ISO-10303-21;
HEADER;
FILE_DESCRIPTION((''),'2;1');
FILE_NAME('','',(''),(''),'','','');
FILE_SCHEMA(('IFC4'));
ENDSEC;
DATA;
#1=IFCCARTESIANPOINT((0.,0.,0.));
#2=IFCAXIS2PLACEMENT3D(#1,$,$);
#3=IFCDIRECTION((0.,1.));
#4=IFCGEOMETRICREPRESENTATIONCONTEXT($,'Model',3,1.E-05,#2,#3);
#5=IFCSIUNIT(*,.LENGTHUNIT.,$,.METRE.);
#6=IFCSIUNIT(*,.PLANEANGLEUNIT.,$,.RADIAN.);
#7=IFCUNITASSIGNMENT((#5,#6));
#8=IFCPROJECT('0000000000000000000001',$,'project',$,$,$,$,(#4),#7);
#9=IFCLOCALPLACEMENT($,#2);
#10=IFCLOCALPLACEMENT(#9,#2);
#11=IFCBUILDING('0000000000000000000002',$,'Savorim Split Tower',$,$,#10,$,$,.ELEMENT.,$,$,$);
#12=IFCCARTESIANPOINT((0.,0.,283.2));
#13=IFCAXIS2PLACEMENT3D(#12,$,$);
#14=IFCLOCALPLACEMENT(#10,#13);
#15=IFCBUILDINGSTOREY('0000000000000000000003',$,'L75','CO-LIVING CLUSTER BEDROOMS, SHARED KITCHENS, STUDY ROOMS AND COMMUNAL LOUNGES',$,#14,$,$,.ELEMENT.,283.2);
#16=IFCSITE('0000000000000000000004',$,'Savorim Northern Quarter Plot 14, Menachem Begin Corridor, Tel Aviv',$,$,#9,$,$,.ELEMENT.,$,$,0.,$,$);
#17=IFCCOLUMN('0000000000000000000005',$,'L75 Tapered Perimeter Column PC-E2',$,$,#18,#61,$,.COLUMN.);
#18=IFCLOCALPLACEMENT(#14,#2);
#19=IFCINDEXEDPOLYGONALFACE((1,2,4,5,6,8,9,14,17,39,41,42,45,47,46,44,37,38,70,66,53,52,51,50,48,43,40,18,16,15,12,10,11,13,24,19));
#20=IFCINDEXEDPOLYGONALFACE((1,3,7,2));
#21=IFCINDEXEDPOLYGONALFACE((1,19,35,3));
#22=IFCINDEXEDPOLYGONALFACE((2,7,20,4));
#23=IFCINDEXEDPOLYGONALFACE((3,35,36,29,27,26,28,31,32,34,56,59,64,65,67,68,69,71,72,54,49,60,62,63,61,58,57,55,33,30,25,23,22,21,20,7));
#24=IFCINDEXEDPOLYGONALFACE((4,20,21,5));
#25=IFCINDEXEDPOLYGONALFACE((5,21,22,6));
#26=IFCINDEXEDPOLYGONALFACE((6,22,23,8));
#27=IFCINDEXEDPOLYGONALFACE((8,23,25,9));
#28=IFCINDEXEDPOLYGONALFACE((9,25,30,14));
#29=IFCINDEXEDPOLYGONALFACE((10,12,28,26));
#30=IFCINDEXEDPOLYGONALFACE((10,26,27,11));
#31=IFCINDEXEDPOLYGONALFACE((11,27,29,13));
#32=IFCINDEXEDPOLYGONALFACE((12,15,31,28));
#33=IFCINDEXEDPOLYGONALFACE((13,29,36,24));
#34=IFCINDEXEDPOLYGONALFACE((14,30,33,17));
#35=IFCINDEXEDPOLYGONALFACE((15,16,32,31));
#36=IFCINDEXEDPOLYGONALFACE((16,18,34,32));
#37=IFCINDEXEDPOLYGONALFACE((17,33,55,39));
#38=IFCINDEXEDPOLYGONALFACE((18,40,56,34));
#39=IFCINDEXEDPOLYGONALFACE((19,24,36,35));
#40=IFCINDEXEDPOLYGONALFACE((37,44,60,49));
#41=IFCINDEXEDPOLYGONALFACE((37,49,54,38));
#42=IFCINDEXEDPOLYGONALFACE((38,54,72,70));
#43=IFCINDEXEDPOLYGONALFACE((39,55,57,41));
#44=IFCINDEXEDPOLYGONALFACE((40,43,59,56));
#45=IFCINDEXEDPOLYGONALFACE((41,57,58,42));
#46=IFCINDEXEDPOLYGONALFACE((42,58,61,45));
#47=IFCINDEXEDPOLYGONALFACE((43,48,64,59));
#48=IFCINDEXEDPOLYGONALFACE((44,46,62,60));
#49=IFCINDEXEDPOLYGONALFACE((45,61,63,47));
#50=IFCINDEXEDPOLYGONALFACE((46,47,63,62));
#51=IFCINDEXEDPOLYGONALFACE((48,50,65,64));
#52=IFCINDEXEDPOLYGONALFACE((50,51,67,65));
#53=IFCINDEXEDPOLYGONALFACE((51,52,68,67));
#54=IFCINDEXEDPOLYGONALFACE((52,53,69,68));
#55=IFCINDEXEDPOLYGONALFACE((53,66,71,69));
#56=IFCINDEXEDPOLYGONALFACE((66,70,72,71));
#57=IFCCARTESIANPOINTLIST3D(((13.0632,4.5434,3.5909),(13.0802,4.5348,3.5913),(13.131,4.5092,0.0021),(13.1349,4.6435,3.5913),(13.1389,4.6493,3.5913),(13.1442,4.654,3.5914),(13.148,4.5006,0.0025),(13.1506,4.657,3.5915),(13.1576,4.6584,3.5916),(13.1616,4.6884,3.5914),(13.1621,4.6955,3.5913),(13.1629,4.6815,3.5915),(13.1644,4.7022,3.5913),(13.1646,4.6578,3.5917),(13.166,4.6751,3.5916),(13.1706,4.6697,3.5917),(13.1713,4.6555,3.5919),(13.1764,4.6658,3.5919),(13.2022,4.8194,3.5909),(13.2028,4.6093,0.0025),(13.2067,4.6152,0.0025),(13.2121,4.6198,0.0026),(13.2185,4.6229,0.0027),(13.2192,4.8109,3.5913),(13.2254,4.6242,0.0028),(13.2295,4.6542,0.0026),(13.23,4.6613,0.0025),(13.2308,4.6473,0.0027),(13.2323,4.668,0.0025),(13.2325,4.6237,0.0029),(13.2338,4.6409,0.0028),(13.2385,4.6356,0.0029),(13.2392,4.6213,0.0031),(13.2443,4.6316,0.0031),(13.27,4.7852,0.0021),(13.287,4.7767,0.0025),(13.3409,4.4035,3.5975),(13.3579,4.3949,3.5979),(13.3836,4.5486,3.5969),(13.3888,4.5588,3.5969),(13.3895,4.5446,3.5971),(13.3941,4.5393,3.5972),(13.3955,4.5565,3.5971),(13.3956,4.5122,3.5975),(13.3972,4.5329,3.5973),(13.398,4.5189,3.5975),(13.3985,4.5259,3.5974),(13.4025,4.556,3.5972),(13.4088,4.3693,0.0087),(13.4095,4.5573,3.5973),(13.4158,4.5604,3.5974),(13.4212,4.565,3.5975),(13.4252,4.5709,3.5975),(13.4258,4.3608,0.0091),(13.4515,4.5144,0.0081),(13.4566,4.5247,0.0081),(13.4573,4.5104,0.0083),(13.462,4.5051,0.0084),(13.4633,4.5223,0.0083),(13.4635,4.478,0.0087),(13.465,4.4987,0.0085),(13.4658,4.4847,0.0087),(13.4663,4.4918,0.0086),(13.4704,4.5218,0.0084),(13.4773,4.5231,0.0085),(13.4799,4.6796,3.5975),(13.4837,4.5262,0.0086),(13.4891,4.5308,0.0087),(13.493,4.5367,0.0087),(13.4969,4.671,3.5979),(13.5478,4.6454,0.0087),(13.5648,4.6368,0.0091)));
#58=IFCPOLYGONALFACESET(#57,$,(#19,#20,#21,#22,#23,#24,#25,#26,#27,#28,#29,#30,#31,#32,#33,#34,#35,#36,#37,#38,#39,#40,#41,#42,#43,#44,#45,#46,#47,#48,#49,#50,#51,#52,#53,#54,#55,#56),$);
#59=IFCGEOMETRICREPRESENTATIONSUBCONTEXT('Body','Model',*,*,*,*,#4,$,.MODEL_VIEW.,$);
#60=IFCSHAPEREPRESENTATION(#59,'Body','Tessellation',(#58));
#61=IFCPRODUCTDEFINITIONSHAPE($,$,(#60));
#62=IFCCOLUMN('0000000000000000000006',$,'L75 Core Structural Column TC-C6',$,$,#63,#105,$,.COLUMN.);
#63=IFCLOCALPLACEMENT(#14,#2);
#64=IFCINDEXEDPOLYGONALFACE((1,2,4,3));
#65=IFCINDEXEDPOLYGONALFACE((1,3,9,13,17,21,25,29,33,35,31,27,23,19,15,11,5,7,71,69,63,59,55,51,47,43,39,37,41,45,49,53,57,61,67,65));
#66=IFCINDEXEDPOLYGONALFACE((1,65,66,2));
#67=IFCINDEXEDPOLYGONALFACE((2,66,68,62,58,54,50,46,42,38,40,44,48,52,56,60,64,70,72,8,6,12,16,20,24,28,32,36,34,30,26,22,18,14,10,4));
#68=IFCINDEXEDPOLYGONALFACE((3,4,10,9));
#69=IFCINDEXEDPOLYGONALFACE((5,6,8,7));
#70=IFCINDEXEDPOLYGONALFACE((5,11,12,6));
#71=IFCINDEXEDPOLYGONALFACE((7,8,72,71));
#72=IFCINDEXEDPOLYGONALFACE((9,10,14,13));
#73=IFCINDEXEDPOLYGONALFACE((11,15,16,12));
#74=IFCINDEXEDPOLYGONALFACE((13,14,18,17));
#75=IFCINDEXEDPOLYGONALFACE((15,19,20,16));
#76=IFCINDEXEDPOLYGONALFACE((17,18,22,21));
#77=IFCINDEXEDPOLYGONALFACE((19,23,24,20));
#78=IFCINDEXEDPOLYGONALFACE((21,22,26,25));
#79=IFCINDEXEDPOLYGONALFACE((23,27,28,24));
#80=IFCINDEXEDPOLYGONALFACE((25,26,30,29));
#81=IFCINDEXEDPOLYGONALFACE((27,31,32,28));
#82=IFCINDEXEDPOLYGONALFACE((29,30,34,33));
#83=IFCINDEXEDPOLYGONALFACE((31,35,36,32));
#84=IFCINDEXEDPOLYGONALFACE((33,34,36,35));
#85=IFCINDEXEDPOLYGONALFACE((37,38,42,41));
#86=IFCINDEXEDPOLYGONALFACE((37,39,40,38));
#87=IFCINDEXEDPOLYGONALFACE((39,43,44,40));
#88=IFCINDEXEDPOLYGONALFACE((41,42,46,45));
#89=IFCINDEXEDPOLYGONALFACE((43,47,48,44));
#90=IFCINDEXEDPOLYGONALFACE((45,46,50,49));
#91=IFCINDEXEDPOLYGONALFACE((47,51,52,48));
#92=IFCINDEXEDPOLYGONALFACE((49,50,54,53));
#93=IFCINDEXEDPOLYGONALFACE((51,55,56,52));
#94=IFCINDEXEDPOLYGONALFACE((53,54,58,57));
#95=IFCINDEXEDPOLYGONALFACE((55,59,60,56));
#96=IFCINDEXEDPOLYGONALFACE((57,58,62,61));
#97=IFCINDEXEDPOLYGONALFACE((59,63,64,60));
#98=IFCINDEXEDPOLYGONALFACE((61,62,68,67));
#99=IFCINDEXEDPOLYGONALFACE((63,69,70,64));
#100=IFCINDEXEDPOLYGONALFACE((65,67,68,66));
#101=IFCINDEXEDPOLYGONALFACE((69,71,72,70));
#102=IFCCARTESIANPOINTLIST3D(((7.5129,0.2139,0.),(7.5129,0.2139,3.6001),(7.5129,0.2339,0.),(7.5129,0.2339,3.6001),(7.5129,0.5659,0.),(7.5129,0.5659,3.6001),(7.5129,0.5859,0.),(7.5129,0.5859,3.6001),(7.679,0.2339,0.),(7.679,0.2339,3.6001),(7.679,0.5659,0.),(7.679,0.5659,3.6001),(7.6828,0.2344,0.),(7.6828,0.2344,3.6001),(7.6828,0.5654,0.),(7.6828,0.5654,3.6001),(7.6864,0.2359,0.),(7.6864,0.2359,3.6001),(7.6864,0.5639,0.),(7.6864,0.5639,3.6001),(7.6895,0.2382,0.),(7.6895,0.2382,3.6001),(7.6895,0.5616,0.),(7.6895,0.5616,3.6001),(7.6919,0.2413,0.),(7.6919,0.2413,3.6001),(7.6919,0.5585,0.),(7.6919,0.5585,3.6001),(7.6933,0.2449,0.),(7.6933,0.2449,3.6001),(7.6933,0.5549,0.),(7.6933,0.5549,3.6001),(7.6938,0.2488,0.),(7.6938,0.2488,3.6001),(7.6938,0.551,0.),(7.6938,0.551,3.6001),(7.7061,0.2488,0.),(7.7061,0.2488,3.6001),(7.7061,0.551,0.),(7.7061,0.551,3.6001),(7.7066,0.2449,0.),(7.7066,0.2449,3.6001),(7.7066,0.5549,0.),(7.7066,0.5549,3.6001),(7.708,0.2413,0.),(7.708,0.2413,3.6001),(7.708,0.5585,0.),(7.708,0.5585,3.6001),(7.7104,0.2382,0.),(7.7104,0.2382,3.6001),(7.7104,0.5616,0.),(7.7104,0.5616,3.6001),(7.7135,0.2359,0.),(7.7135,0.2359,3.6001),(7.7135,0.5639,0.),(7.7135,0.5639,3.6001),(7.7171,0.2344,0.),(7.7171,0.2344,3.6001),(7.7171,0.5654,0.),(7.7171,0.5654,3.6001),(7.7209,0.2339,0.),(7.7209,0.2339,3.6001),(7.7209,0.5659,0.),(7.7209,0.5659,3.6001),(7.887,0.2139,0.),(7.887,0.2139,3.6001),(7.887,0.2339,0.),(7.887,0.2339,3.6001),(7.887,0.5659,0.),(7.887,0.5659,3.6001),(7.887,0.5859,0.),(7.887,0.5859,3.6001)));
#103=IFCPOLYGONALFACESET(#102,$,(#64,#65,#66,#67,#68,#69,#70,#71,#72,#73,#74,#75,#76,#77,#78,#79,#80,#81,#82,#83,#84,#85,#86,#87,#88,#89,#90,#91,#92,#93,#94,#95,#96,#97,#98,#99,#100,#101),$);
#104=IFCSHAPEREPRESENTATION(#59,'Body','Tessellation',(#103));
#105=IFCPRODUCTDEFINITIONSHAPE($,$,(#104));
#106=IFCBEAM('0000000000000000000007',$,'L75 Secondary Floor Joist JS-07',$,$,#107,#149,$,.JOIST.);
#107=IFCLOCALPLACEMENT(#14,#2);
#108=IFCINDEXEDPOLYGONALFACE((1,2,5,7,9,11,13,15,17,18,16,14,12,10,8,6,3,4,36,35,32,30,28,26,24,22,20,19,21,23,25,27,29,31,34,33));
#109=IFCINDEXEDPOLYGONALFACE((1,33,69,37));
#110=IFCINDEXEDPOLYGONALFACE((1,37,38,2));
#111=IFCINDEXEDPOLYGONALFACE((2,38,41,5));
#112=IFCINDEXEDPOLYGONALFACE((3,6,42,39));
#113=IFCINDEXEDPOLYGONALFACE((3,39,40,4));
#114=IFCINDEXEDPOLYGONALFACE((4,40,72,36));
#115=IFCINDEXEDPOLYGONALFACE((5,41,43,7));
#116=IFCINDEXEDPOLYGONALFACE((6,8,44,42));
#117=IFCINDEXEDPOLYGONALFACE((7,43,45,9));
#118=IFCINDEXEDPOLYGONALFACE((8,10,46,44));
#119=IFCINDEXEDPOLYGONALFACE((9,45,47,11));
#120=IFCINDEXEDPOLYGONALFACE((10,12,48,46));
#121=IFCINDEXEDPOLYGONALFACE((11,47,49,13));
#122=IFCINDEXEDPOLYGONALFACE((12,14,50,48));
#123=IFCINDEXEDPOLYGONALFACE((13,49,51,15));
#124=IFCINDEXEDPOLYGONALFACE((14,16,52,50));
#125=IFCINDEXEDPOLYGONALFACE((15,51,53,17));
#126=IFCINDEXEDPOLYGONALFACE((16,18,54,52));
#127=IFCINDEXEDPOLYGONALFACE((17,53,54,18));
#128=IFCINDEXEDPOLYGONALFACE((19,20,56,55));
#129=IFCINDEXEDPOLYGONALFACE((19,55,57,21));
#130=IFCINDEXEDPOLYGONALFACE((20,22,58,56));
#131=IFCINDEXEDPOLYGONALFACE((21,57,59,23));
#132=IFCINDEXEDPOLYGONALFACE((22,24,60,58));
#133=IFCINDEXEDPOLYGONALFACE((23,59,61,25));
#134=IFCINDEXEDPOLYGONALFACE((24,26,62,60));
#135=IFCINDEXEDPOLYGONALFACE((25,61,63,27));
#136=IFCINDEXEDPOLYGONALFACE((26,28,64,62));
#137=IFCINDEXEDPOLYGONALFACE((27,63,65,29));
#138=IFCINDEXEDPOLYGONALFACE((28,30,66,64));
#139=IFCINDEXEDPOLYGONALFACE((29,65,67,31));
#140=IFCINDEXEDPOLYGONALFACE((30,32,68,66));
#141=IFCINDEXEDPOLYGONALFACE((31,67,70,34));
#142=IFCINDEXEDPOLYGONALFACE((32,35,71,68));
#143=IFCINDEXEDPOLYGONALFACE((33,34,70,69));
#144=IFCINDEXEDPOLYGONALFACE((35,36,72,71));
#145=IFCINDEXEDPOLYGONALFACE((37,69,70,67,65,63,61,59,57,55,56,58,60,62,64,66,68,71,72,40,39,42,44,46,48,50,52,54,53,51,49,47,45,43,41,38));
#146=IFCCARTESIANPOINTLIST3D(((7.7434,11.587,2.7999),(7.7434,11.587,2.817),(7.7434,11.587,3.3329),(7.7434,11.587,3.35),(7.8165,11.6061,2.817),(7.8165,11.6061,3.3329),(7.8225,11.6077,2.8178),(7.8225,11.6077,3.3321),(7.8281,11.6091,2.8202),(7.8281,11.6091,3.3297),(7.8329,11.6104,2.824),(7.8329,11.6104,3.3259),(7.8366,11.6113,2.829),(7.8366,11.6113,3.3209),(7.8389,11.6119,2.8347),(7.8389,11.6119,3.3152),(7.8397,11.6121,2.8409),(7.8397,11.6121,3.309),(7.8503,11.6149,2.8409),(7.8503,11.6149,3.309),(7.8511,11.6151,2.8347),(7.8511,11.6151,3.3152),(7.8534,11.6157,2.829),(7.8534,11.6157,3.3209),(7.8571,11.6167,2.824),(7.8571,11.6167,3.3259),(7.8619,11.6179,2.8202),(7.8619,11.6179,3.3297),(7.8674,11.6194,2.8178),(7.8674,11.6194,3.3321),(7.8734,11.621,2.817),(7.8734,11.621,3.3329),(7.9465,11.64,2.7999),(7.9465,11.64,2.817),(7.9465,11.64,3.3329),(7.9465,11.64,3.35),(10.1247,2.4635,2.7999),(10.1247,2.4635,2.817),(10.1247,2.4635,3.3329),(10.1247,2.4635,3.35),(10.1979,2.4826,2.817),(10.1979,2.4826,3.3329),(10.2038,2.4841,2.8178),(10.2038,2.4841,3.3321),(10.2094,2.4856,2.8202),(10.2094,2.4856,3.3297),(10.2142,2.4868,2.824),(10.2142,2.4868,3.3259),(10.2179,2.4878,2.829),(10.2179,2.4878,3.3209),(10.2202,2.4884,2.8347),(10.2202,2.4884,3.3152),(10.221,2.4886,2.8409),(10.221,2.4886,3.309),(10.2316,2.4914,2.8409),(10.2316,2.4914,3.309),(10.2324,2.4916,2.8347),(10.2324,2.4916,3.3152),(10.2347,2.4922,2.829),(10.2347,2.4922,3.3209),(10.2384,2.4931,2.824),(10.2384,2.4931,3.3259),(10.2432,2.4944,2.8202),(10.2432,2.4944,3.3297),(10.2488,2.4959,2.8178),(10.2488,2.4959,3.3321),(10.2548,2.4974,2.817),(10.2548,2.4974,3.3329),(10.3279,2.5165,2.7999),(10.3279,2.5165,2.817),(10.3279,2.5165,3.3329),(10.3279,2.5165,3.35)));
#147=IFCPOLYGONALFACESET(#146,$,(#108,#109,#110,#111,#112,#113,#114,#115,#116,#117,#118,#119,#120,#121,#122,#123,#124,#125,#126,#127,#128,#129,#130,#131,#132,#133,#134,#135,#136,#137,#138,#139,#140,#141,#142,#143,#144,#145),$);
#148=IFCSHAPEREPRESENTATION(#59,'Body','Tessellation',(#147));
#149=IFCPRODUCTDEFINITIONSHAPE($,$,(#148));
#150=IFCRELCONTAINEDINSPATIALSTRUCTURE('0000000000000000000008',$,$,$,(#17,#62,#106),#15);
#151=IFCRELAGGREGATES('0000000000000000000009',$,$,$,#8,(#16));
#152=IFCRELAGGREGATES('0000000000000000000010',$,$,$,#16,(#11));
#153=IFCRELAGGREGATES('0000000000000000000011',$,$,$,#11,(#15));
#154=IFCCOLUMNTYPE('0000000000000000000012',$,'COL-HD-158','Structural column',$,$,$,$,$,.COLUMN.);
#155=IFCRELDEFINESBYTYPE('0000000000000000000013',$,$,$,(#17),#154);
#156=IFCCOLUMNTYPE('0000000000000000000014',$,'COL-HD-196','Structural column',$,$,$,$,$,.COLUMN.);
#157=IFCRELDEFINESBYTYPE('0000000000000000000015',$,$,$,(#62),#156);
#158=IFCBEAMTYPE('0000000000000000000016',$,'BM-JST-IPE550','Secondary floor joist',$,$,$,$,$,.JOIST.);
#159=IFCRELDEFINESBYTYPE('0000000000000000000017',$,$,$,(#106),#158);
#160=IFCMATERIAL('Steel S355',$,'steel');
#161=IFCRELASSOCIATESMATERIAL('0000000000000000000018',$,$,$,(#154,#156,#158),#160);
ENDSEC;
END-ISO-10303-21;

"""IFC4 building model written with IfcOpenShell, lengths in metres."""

from ifc_helpers import new_model, si_unit, direction, frame, origin, origin_2d, place, context, subcontext, project, spatial, i_section, extrude, material, material_profile, profile_set, type_object, element, save


model = new_model("IFC4")

# Units and contexts
model_context = context("Model", 3, precision=1e-05, world=origin(), true_north=direction((0.0, 1.0)))
body_context = subcontext(model_context, "Body", "Model", "MODEL_VIEW")
ifc_project = project(units=[si_unit("LENGTHUNIT", "METRE"), si_unit("PLANEANGLEUNIT", "RADIAN")], contexts=[model_context])

# Site, building, storey
site_placement = place(None, origin())
site = spatial("IfcSite", under=ifc_project, at=site_placement, Name="Savorim Northern Quarter Plot 14, Menachem Begin Corridor, Tel Aviv", CompositionType="ELEMENT", RefElevation=0.0)
building_placement = place(site_placement, origin())
building = spatial("IfcBuilding", under=site, at=building_placement, Name="Savorim Split Tower", CompositionType="ELEMENT")
storey_placement = place(building_placement, frame((0.0, 0.0, 283.2)))
storey = spatial("IfcBuildingStorey", under=building, at=storey_placement, Name="L75", Description="CO-LIVING CLUSTER BEDROOMS, SHARED KITCHENS, STUDY ROOMS AND COMMUNAL LOUNGES", CompositionType="ELEMENT", Elevation=283.2)

# Columns
ifc_material_1 = material(Name="Steel S355", Category="steel")
ifc_material_profile_1 = material_profile(ifc_material_1, i_section(OverallWidth=0.3091, OverallDepth=0.3301, WebThickness=0.0115, FlangeThickness=0.019, FilletRadius=0.0271, at=origin_2d()), Name="HD 320x158")
ifc_profile_set_1 = profile_set([ifc_material_profile_1], Name="Steel S355")
column_type_1 = type_object("IfcColumnType", Name="COL-HD-158", Description="Structural column", PredefinedType="COLUMN", material=ifc_profile_set_1)
column_1_placement = place(storey_placement, frame((13.3479, 4.573, 0.0056), z_axis=(-0.018907, 0.009522, 0.999776), x_axis=(-0.449782, -0.893138, 0.0)))
element("IfcColumn", 1, at=column_1_placement, inside=storey, type_object=column_type_1, Name="L75 Tapered Perimeter Column PC-E2", PredefinedType="COLUMN", context=body_context, shape_type="SweptSolid", body=[
    extrude(i_section(OverallWidth=0.3091, OverallDepth=0.3301, WebThickness=0.0115, FlangeThickness=0.019, FilletRadius=0.0271, at=origin_2d()), origin(), (0.0, 0.0, 1.0), 3.5896),
])
ifc_material_profile_2 = material_profile(ifc_material_1, i_section(OverallWidth=0.374, OverallDepth=0.3721, WebThickness=0.0122, FlangeThickness=0.02, FilletRadius=0.0149, at=origin_2d()), Name="HD 360x196")
ifc_profile_set_2 = profile_set([ifc_material_profile_2], Name="Steel S355")
column_type_2 = type_object("IfcColumnType", Name="COL-HD-196", Description="Structural column", PredefinedType="COLUMN", material=ifc_profile_set_2)
column_2_placement = place(storey_placement, frame((7.7, 0.3999, 0.0), z_axis=(0.0, 0.0, 1.0), x_axis=(1.0, 0.0, 0.0)))
element("IfcColumn", 2, at=column_2_placement, inside=storey, type_object=column_type_2, Name="L75 Core Structural Column TC-C6", PredefinedType="COLUMN", context=body_context, shape_type="SweptSolid", body=[
    extrude(i_section(OverallWidth=0.374, OverallDepth=0.3721, WebThickness=0.0122, FlangeThickness=0.02, FilletRadius=0.0149, at=origin_2d()), origin(), (0.0, 0.0, 1.0), 3.6001),
])

# Beam
ifc_material_profile_3 = material_profile(ifc_material_1, i_section(OverallWidth=0.21, OverallDepth=0.55, WebThickness=0.011, FlangeThickness=0.0171, FilletRadius=0.0239, at=origin_2d()), Name="IPE 550")
ifc_profile_set_3 = profile_set([ifc_material_profile_3], Name="Steel S355")
beam_type_1 = type_object("IfcBeamType", Name="BM-JST-IPE550", Description="Secondary floor joist", PredefinedType="JOIST", material=ifc_profile_set_3)
beam_1_placement = place(storey_placement, frame((10.2263, 2.49, 3.075), z_axis=(-0.25255, 0.967584, 0.0), x_axis=(-0.967584, -0.25255, 0.0)))
element("IfcBeam", 3, at=beam_1_placement, inside=storey, type_object=beam_type_1, Name="L75 Secondary Floor Joist JS-07", PredefinedType="JOIST", context=body_context, shape_type="SweptSolid", body=[
    extrude(i_section(OverallWidth=0.21, OverallDepth=0.55, WebThickness=0.011, FlangeThickness=0.0171, FilletRadius=0.0239, at=origin_2d()), origin(), (0.0, 0.0, 1.0), 9.4292),
])

save(model, "model.ifc")
